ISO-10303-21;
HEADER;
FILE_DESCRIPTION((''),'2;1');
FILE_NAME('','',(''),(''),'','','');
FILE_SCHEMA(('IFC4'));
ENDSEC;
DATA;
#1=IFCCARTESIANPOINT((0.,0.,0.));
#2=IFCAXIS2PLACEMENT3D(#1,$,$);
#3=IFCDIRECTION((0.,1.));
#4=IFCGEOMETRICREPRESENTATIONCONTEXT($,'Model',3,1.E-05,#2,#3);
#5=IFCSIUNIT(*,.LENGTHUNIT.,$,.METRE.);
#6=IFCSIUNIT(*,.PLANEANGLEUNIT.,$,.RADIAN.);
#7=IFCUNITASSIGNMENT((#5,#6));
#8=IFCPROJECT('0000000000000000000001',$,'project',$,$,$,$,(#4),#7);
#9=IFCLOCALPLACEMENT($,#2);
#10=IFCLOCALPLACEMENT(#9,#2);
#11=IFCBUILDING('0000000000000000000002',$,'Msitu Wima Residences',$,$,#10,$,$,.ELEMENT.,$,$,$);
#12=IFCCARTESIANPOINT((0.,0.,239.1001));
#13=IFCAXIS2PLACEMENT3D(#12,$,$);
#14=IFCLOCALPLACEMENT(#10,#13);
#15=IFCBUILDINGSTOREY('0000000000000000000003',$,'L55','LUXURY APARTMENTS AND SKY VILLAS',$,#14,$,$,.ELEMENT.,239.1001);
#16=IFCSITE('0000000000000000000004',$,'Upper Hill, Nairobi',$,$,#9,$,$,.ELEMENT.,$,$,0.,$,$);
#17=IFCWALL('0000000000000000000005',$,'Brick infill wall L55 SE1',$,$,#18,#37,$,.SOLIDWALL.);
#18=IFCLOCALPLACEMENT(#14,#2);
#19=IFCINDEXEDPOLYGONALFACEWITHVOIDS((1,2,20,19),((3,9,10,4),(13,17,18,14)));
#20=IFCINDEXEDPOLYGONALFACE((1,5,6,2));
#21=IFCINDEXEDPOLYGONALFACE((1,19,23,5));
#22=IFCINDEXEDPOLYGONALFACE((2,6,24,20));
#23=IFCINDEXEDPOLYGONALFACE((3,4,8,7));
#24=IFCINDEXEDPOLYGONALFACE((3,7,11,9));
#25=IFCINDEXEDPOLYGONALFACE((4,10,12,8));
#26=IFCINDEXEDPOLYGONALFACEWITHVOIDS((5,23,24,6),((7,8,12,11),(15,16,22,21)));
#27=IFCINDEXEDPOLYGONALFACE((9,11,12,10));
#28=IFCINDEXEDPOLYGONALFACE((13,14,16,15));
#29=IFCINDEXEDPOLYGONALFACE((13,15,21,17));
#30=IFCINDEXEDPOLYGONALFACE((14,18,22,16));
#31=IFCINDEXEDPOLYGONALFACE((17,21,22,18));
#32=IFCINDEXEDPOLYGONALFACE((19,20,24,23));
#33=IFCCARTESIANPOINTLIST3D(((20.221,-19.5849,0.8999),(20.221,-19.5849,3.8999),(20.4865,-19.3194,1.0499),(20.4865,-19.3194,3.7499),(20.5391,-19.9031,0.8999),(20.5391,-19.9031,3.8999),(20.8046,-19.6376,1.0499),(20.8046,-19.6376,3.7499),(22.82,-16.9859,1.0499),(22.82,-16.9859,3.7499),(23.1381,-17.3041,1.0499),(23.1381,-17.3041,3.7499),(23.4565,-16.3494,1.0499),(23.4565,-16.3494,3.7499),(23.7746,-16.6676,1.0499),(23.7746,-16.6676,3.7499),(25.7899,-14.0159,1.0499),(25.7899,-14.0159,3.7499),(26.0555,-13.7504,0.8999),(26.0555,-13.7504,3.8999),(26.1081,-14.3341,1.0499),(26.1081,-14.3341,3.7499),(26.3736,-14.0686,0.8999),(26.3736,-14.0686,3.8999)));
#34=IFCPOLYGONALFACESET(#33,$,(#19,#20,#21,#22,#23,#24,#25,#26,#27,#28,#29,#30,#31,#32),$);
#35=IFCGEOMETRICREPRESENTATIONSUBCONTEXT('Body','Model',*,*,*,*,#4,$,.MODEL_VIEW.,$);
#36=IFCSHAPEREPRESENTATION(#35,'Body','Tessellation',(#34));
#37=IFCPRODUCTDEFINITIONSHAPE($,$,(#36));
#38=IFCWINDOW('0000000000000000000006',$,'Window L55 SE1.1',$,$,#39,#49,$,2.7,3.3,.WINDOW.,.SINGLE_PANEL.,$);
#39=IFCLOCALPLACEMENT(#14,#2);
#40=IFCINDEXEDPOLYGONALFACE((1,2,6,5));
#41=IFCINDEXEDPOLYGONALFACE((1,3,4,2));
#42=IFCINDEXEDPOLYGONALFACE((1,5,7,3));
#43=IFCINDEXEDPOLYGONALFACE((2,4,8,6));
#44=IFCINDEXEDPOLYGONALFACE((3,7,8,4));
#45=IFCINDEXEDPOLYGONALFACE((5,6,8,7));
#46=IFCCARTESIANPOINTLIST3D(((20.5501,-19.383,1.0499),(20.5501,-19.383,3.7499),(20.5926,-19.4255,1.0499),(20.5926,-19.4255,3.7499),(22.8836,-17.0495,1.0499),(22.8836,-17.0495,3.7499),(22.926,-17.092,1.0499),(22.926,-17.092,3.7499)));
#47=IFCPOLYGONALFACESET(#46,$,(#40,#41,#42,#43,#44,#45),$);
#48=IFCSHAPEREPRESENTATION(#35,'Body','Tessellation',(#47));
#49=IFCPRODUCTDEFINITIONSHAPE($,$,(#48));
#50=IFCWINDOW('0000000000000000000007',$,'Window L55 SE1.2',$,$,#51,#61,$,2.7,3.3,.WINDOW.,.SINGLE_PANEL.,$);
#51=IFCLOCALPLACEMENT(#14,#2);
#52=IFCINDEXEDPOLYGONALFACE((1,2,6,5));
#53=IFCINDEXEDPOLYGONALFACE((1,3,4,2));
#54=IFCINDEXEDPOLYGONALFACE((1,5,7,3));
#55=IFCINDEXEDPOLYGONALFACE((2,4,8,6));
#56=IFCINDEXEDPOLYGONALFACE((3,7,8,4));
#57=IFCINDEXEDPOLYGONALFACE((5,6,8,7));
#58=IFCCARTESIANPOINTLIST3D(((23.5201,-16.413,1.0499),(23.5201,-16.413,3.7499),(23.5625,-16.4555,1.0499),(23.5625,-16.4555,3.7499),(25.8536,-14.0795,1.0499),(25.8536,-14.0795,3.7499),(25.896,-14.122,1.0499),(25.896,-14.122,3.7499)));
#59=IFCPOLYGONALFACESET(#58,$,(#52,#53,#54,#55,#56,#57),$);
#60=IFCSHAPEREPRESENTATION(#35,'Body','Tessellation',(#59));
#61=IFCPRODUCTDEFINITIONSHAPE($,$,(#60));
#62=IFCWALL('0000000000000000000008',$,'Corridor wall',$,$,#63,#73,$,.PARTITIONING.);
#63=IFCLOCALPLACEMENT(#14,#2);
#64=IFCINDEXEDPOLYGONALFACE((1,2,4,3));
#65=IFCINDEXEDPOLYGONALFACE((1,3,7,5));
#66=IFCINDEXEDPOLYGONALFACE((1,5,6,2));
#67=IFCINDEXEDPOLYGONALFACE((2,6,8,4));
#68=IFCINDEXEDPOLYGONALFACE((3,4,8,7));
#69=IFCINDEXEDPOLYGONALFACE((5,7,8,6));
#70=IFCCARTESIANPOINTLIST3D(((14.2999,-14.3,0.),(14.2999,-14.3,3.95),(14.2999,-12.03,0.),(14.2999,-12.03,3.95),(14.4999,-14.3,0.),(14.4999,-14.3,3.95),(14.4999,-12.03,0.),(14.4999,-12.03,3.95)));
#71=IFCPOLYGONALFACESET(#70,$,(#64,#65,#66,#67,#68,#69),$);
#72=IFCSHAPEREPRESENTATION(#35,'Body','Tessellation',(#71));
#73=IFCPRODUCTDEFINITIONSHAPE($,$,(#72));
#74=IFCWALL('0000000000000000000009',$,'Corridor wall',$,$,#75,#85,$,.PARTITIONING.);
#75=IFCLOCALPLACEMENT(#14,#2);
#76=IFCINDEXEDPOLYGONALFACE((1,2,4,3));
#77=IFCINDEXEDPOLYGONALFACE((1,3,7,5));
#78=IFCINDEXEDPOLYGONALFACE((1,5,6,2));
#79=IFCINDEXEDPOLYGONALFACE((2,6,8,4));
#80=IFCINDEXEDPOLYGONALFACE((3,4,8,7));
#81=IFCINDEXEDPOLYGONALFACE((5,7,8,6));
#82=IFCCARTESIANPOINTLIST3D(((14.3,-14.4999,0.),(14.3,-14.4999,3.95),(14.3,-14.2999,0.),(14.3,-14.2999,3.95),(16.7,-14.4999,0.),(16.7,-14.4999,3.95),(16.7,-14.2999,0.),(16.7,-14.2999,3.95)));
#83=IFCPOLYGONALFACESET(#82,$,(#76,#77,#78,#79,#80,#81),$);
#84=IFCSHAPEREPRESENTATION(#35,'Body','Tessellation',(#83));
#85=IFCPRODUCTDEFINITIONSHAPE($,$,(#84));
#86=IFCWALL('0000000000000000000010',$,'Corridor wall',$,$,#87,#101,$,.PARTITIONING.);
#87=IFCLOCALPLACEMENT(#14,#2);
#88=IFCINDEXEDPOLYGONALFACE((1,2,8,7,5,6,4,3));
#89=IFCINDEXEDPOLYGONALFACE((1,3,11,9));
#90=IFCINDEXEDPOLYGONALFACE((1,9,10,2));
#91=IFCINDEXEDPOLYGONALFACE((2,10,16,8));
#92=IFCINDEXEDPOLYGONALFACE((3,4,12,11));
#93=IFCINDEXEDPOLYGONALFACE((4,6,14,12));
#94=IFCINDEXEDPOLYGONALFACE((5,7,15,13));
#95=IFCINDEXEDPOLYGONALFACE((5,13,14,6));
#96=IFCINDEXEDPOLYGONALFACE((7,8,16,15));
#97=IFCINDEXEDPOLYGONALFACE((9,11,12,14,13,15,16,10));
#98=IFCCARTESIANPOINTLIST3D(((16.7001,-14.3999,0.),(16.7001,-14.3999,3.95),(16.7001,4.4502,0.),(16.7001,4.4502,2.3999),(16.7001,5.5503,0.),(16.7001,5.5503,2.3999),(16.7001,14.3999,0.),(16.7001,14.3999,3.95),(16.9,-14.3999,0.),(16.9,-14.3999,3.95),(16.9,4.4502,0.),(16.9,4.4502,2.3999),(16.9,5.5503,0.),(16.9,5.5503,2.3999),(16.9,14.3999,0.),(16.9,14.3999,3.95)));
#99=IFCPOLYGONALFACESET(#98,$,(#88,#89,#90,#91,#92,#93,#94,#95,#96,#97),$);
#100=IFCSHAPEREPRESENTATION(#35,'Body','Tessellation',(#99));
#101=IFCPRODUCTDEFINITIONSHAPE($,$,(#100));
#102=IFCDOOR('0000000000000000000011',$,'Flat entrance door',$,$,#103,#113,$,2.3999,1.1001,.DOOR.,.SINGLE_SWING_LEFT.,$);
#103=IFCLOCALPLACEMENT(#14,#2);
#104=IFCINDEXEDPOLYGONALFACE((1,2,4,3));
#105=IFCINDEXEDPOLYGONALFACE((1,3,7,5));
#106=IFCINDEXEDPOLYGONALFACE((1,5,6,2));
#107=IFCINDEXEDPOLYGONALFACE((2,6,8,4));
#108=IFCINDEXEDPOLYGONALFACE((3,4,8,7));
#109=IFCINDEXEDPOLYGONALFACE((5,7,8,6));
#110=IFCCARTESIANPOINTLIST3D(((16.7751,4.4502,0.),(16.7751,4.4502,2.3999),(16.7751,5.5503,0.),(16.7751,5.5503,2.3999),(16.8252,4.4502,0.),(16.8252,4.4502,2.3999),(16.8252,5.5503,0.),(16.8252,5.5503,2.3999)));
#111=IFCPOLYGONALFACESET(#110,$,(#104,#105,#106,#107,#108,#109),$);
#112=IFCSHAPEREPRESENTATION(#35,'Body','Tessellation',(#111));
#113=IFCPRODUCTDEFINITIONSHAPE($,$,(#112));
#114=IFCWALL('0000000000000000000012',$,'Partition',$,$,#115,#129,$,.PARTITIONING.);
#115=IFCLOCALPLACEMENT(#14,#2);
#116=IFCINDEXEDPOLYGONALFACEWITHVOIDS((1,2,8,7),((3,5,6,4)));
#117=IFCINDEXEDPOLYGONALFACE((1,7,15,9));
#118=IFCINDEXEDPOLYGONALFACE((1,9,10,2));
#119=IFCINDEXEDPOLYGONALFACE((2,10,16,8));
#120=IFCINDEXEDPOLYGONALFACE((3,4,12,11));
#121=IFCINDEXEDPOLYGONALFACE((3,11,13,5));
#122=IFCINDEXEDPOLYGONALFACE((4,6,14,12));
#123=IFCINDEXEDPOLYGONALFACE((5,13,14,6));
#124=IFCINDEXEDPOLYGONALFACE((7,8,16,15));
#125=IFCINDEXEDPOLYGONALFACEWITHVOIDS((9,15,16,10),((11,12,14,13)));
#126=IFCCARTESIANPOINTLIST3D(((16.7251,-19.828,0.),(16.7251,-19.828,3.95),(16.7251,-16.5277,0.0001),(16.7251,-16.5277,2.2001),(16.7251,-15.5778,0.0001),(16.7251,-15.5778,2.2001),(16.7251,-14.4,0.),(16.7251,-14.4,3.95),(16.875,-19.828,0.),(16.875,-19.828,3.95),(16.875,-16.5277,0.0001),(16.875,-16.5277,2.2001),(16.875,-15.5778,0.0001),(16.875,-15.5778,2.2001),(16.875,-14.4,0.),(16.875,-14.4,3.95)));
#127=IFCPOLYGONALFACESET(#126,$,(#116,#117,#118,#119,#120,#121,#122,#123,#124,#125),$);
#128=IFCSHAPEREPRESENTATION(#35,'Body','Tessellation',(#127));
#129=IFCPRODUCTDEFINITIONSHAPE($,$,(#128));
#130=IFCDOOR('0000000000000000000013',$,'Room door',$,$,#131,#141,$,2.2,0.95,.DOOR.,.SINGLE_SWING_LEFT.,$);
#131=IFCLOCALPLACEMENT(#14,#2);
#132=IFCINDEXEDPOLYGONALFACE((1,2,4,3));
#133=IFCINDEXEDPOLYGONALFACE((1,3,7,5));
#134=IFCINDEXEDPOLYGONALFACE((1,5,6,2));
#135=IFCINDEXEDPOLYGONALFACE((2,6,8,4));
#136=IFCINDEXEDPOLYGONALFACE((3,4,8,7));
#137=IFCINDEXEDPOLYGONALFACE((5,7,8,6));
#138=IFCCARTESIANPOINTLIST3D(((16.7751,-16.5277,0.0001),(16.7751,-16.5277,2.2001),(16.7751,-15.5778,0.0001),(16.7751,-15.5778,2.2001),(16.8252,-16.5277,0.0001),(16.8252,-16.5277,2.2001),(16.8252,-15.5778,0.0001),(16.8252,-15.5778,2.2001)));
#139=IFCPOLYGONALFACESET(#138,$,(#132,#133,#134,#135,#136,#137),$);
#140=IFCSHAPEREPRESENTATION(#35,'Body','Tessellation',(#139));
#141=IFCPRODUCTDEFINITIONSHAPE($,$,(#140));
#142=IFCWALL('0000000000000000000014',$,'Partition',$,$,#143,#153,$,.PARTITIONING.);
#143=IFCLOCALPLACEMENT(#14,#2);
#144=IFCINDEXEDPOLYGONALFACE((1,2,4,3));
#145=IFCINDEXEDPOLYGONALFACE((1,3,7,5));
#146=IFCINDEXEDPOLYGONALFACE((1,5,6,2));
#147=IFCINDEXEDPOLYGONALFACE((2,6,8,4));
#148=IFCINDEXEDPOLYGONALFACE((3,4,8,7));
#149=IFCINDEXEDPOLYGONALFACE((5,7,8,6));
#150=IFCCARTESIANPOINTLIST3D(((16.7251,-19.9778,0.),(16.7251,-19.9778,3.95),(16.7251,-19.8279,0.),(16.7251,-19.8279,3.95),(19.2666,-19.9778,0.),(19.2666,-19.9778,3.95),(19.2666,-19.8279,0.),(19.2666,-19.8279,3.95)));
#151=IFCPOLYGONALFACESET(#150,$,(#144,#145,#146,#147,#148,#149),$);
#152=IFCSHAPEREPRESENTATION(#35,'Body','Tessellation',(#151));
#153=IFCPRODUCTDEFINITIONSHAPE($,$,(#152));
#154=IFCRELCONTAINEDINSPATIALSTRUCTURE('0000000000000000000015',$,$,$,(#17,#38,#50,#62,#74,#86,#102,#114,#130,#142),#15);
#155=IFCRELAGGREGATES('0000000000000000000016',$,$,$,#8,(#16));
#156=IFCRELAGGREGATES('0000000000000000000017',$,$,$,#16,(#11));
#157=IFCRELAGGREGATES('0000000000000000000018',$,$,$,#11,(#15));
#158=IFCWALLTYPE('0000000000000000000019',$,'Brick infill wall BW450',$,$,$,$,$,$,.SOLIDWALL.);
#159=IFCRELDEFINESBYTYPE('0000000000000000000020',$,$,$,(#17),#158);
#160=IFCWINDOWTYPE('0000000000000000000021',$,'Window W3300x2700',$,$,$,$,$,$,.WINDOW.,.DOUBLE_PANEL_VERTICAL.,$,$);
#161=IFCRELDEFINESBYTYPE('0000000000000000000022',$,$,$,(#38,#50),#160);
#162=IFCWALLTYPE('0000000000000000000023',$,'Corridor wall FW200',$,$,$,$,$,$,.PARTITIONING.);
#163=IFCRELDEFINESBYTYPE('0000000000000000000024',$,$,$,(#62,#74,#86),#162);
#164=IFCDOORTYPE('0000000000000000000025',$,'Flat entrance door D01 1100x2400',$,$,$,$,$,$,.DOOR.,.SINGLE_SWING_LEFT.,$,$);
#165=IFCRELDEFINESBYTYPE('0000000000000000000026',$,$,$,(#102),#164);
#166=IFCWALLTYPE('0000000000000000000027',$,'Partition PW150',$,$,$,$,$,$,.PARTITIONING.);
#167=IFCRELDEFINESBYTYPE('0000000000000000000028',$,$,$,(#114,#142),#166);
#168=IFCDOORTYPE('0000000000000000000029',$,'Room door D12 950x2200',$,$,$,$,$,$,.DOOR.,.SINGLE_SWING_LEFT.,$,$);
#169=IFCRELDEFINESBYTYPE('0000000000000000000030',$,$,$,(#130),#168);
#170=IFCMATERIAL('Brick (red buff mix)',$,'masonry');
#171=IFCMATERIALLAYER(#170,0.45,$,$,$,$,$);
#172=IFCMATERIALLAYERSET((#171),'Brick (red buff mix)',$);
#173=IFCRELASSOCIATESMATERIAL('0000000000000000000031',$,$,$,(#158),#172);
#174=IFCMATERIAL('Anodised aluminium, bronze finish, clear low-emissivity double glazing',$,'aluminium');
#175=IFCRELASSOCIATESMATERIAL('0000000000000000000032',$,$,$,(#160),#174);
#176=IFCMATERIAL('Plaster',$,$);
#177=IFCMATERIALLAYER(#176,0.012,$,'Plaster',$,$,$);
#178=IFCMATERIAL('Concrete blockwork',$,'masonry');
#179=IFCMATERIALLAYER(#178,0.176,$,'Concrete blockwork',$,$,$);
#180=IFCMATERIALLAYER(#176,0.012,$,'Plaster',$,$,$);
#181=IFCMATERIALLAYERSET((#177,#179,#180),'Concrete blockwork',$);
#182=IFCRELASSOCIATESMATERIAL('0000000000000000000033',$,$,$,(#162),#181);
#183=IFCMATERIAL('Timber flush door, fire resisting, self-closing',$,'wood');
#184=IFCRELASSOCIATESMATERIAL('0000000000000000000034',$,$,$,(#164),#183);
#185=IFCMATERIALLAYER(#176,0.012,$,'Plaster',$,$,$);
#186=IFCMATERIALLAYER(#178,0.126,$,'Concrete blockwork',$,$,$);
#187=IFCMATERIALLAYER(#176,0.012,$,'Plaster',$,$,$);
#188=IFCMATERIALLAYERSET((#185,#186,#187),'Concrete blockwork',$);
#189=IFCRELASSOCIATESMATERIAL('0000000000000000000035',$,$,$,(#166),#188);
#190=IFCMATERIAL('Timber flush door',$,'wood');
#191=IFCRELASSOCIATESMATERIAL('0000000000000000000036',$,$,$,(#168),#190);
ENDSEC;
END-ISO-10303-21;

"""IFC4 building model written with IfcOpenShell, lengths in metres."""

from ifc_helpers import new_model, si_unit, direction, frame, frame_2d, origin, place, context, subcontext, project, spatial, rectangle, extrude, material, layer, layer_set, type_object, element, fill, save


model = new_model("IFC4")

# Units and contexts
model_context = context("Model", 3, precision=1e-05, world=origin(), true_north=direction((0.0, 1.0)))
body_context = subcontext(model_context, "Body", "Model", "MODEL_VIEW")
ifc_project = project(units=[si_unit("LENGTHUNIT", "METRE"), si_unit("PLANEANGLEUNIT", "RADIAN")], contexts=[model_context])

# Site, building, storey
site_placement = place(None, origin())
site = spatial("IfcSite", under=ifc_project, at=site_placement, Name="Upper Hill, Nairobi", CompositionType="ELEMENT", RefElevation=0.0)
building_placement = place(site_placement, origin())
building = spatial("IfcBuilding", under=site, at=building_placement, Name="Msitu Wima Residences", CompositionType="ELEMENT")
storey_placement = place(building_placement, frame((0.0, 0.0, 239.1001)))
storey = spatial("IfcBuildingStorey", under=building, at=storey_placement, Name="L55", Description="LUXURY APARTMENTS AND SKY VILLAS", CompositionType="ELEMENT", Elevation=239.1001)

# Shared definitions
ifc_material_1 = material(Name="Brick (red buff mix)", Category="masonry")
ifc_layer_1 = layer(ifc_material_1, 0.45)
ifc_layer_set_1 = layer_set([ifc_layer_1], Name="Brick (red buff mix)")
wall_type_1 = type_object("IfcWallType", Name="Brick infill wall BW450", PredefinedType="SOLIDWALL", material=ifc_layer_set_1)
ifc_material_2 = material(Name="Anodised aluminium, bronze finish, clear low-emissivity double glazing", Category="aluminium")
window_type = type_object("IfcWindowType", Name="Window W3300x2700", PartitioningType="DOUBLE_PANEL_VERTICAL", PredefinedType="WINDOW", material=ifc_material_2)

# Wall, openings, windows
wall_1_placement = place(storey_placement, frame((20.3801, -19.7439, 0.8999), z_axis=(0.0, 0.0, 1.0), x_axis=(0.707107, 0.707107, 0.0)))
wall_1 = element("IfcWall", 1, at=wall_1_placement, inside=storey, type_object=wall_type_1, Name="Brick infill wall L55 SE1", PredefinedType="SOLIDWALL", context=body_context, shape_type="SweptSolid", body=[
    extrude(rectangle(XDim=8.2512, YDim=0.45, at=frame_2d((4.1255, 0.0))), origin(), (0.0, 0.0, 1.0), 3.0),
])
opening_1_placement = place(wall_1_placement, frame((0.3755, 0.0, 0.1499)))
opening_1 = element("IfcOpeningElement", 2, at=opening_1_placement, cuts=wall_1, PredefinedType="OPENING", context=body_context, shape_type="SweptSolid", body=[
    extrude(rectangle(XDim=3.3, YDim=2.7, at=frame_2d((1.6499, 1.3501))), frame((0.0, 0.2349, 0.0), z_axis=(0.0, -1.0, 0.0), x_axis=(1.0, 0.0, 0.0)), (0.0, 0.0, 1.0), 0.47),
])
opening_2_placement = place(wall_1_placement, frame((4.5757, 0.0, 0.1499)))
opening_2 = element("IfcOpeningElement", 3, at=opening_2_placement, cuts=wall_1, PredefinedType="OPENING", context=body_context, shape_type="SweptSolid", body=[
    extrude(rectangle(XDim=3.3, YDim=2.7, at=frame_2d((1.6499, 1.3501))), frame((0.0, 0.2349, 0.0), z_axis=(0.0, -1.0, 0.0), x_axis=(1.0, 0.0, 0.0)), (0.0, 0.0, 1.0), 0.47),
])
window_1_placement = place(opening_1_placement, origin())
window_1 = element("IfcWindow", 4, at=window_1_placement, inside=storey, type_object=window_type, Name="Window L55 SE1.1", OverallHeight=2.7, OverallWidth=3.3, PartitioningType="SINGLE_PANEL", PredefinedType="WINDOW", context=body_context, shape_type="SweptSolid", body=[
    extrude(rectangle(XDim=3.3, YDim=2.7, at=frame_2d((1.6499, 1.3501))), frame((0.0, 0.135, 0.0), z_axis=(0.0, -1.0, 0.0), x_axis=(1.0, 0.0, 0.0)), (0.0, 0.0, 1.0), 0.0601),
])
fill(opening_1, window_1)
window_2_placement = place(opening_2_placement, origin())
window_2 = element("IfcWindow", 5, at=window_2_placement, inside=storey, type_object=window_type, Name="Window L55 SE1.2", OverallHeight=2.7, OverallWidth=3.3, PartitioningType="SINGLE_PANEL", PredefinedType="WINDOW", context=body_context, shape_type="SweptSolid", body=[
    extrude(rectangle(XDim=3.3, YDim=2.7, at=frame_2d((1.6499, 1.3501))), frame((0.0, 0.135, 0.0), z_axis=(0.0, -1.0, 0.0), x_axis=(1.0, 0.0, 0.0)), (0.0, 0.0, 1.0), 0.0601),
])
fill(opening_2, window_2)

# Walls
ifc_material_3 = material(Name="Plaster")
ifc_layer_2 = layer(ifc_material_3, 0.012, Name="Plaster")
ifc_material_4 = material(Name="Concrete blockwork", Category="masonry")
ifc_layer_3 = layer(ifc_material_4, 0.176, Name="Concrete blockwork")
ifc_layer_4 = layer(ifc_material_3, 0.012, Name="Plaster")
ifc_layer_set_2 = layer_set([ifc_layer_2, ifc_layer_3, ifc_layer_4], Name="Concrete blockwork")
wall_type_2 = type_object("IfcWallType", Name="Corridor wall FW200", PredefinedType="PARTITIONING", material=ifc_layer_set_2)
wall_2_placement = place(storey_placement, frame((14.3999, -14.3, 0.0), z_axis=(0.0, 0.0, 1.0), x_axis=(0.0, 1.0, 0.0)))
element("IfcWall", 6, at=wall_2_placement, inside=storey, type_object=wall_type_2, Name="Corridor wall", PredefinedType="PARTITIONING", context=body_context, shape_type="SweptSolid", body=[
    extrude(rectangle(XDim=2.27, YDim=0.2, at=frame_2d((1.135, 0.0))), origin(), (0.0, 0.0, 1.0), 3.95),
])
wall_3_placement = place(storey_placement, frame((14.3, -14.3999, 0.0), z_axis=(0.0, 0.0, 1.0), x_axis=(1.0, 0.0, 0.0)))
element("IfcWall", 7, at=wall_3_placement, inside=storey, type_object=wall_type_2, Name="Corridor wall", PredefinedType="PARTITIONING", context=body_context, shape_type="SweptSolid", body=[
    extrude(rectangle(XDim=2.3999, YDim=0.2, at=frame_2d((1.2, 0.0))), origin(), (0.0, 0.0, 1.0), 3.95),
])

# Walls, openings, doors
wall_4_placement = place(storey_placement, frame((16.8, -14.3999, 0.0), z_axis=(0.0, 0.0, 1.0), x_axis=(0.0, 1.0, 0.0)))
wall_4 = element("IfcWall", 8, at=wall_4_placement, inside=storey, type_object=wall_type_2, Name="Corridor wall", PredefinedType="PARTITIONING", context=body_context, shape_type="SweptSolid", body=[
    extrude(rectangle(XDim=28.7998, YDim=0.2, at=frame_2d((14.3999, 0.0))), origin(), (0.0, 0.0, 1.0), 3.95),
])
opening_3_placement = place(wall_4_placement, frame((18.8501, 0.0, 0.0)))
opening_3 = element("IfcOpeningElement", 9, at=opening_3_placement, cuts=wall_4, PredefinedType="OPENING", context=body_context, shape_type="SweptSolid", body=[
    extrude(rectangle(XDim=1.1001, YDim=2.3999, at=frame_2d((0.55, 1.2))), frame((0.0, 0.1099, 0.0), z_axis=(0.0, -1.0, 0.0), x_axis=(1.0, 0.0, 0.0)), (0.0, 0.0, 1.0), 0.22),
])
ifc_material_5 = material(Name="Timber flush door, fire resisting, self-closing", Category="wood")
door_type_1 = type_object("IfcDoorType", Name="Flat entrance door D01 1100x2400", OperationType="SINGLE_SWING_LEFT", PredefinedType="DOOR", material=ifc_material_5)
door_1_placement = place(opening_3_placement, origin())
door_1 = element("IfcDoor", 10, at=door_1_placement, inside=storey, type_object=door_type_1, Name="Flat entrance door", OperationType="SINGLE_SWING_LEFT", OverallHeight=2.3999, OverallWidth=1.1001, PredefinedType="DOOR", context=body_context, shape_type="SweptSolid", body=[
    extrude(rectangle(XDim=1.1001, YDim=2.3999, at=frame_2d((0.55, 1.2))), frame((0.0, 0.0249, 0.0), z_axis=(0.0, -1.0, 0.0), x_axis=(1.0, 0.0, 0.0)), (0.0, 0.0, 1.0), 0.05),
])
fill(opening_3, door_1)
ifc_layer_5 = layer(ifc_material_3, 0.012, Name="Plaster")
ifc_layer_6 = layer(ifc_material_4, 0.126, Name="Concrete blockwork")
ifc_layer_7 = layer(ifc_material_3, 0.012, Name="Plaster")
ifc_layer_set_3 = layer_set([ifc_layer_5, ifc_layer_6, ifc_layer_7], Name="Concrete blockwork")
wall_type_3 = type_object("IfcWallType", Name="Partition PW150", PredefinedType="PARTITIONING", material=ifc_layer_set_3)
wall_5_placement = place(storey_placement, frame((16.8, -19.8279, 0.0), z_axis=(0.0, 0.0, 1.0), x_axis=(0.0, 1.0, 0.0)))
wall_5 = element("IfcWall", 11, at=wall_5_placement, inside=storey, type_object=wall_type_3, Name="Partition", PredefinedType="PARTITIONING", context=body_context, shape_type="SweptSolid", body=[
    extrude(rectangle(XDim=5.428, YDim=0.1499, at=frame_2d((2.7139, 0.0))), origin(), (0.0, 0.0, 1.0), 3.95),
])
opening_4_placement = place(wall_5_placement, frame((3.3, 0.0, 0.0)))
opening_4 = element("IfcOpeningElement", 12, at=opening_4_placement, cuts=wall_5, PredefinedType="OPENING", context=body_context, shape_type="SweptSolid", body=[
    extrude(rectangle(XDim=0.95, YDim=2.2, at=frame_2d((0.4751, 1.1001))), frame((0.0, 0.085, 0.0), z_axis=(0.0, -1.0, 0.0), x_axis=(1.0, 0.0, 0.0)), (0.0, 0.0, 1.0), 0.1699),
])
ifc_material_6 = material(Name="Timber flush door", Category="wood")
door_type_2 = type_object("IfcDoorType", Name="Room door D12 950x2200", OperationType="SINGLE_SWING_LEFT", PredefinedType="DOOR", material=ifc_material_6)
door_2_placement = place(opening_4_placement, origin())
door_2 = element("IfcDoor", 13, at=door_2_placement, inside=storey, type_object=door_type_2, Name="Room door", OperationType="SINGLE_SWING_LEFT", OverallHeight=2.2, OverallWidth=0.95, PredefinedType="DOOR", context=body_context, shape_type="SweptSolid", body=[
    extrude(rectangle(XDim=0.95, YDim=2.2, at=frame_2d((0.4751, 1.1001))), frame((0.0, 0.0249, 0.0), z_axis=(0.0, -1.0, 0.0), x_axis=(1.0, 0.0, 0.0)), (0.0, 0.0, 1.0), 0.05),
])
fill(opening_4, door_2)

# Wall
wall_6_placement = place(storey_placement, frame((16.7251, -19.9028, 0.0), z_axis=(0.0, 0.0, 1.0), x_axis=(1.0, 0.0, 0.0)))
element("IfcWall", 14, at=wall_6_placement, inside=storey, type_object=wall_type_3, Name="Partition", PredefinedType="PARTITIONING", context=body_context, shape_type="SweptSolid", body=[
    extrude(rectangle(XDim=2.5415, YDim=0.1499, at=frame_2d((1.2708, 0.0))), origin(), (0.0, 0.0, 1.0), 3.95),
])

save(model, "model.ifc")
